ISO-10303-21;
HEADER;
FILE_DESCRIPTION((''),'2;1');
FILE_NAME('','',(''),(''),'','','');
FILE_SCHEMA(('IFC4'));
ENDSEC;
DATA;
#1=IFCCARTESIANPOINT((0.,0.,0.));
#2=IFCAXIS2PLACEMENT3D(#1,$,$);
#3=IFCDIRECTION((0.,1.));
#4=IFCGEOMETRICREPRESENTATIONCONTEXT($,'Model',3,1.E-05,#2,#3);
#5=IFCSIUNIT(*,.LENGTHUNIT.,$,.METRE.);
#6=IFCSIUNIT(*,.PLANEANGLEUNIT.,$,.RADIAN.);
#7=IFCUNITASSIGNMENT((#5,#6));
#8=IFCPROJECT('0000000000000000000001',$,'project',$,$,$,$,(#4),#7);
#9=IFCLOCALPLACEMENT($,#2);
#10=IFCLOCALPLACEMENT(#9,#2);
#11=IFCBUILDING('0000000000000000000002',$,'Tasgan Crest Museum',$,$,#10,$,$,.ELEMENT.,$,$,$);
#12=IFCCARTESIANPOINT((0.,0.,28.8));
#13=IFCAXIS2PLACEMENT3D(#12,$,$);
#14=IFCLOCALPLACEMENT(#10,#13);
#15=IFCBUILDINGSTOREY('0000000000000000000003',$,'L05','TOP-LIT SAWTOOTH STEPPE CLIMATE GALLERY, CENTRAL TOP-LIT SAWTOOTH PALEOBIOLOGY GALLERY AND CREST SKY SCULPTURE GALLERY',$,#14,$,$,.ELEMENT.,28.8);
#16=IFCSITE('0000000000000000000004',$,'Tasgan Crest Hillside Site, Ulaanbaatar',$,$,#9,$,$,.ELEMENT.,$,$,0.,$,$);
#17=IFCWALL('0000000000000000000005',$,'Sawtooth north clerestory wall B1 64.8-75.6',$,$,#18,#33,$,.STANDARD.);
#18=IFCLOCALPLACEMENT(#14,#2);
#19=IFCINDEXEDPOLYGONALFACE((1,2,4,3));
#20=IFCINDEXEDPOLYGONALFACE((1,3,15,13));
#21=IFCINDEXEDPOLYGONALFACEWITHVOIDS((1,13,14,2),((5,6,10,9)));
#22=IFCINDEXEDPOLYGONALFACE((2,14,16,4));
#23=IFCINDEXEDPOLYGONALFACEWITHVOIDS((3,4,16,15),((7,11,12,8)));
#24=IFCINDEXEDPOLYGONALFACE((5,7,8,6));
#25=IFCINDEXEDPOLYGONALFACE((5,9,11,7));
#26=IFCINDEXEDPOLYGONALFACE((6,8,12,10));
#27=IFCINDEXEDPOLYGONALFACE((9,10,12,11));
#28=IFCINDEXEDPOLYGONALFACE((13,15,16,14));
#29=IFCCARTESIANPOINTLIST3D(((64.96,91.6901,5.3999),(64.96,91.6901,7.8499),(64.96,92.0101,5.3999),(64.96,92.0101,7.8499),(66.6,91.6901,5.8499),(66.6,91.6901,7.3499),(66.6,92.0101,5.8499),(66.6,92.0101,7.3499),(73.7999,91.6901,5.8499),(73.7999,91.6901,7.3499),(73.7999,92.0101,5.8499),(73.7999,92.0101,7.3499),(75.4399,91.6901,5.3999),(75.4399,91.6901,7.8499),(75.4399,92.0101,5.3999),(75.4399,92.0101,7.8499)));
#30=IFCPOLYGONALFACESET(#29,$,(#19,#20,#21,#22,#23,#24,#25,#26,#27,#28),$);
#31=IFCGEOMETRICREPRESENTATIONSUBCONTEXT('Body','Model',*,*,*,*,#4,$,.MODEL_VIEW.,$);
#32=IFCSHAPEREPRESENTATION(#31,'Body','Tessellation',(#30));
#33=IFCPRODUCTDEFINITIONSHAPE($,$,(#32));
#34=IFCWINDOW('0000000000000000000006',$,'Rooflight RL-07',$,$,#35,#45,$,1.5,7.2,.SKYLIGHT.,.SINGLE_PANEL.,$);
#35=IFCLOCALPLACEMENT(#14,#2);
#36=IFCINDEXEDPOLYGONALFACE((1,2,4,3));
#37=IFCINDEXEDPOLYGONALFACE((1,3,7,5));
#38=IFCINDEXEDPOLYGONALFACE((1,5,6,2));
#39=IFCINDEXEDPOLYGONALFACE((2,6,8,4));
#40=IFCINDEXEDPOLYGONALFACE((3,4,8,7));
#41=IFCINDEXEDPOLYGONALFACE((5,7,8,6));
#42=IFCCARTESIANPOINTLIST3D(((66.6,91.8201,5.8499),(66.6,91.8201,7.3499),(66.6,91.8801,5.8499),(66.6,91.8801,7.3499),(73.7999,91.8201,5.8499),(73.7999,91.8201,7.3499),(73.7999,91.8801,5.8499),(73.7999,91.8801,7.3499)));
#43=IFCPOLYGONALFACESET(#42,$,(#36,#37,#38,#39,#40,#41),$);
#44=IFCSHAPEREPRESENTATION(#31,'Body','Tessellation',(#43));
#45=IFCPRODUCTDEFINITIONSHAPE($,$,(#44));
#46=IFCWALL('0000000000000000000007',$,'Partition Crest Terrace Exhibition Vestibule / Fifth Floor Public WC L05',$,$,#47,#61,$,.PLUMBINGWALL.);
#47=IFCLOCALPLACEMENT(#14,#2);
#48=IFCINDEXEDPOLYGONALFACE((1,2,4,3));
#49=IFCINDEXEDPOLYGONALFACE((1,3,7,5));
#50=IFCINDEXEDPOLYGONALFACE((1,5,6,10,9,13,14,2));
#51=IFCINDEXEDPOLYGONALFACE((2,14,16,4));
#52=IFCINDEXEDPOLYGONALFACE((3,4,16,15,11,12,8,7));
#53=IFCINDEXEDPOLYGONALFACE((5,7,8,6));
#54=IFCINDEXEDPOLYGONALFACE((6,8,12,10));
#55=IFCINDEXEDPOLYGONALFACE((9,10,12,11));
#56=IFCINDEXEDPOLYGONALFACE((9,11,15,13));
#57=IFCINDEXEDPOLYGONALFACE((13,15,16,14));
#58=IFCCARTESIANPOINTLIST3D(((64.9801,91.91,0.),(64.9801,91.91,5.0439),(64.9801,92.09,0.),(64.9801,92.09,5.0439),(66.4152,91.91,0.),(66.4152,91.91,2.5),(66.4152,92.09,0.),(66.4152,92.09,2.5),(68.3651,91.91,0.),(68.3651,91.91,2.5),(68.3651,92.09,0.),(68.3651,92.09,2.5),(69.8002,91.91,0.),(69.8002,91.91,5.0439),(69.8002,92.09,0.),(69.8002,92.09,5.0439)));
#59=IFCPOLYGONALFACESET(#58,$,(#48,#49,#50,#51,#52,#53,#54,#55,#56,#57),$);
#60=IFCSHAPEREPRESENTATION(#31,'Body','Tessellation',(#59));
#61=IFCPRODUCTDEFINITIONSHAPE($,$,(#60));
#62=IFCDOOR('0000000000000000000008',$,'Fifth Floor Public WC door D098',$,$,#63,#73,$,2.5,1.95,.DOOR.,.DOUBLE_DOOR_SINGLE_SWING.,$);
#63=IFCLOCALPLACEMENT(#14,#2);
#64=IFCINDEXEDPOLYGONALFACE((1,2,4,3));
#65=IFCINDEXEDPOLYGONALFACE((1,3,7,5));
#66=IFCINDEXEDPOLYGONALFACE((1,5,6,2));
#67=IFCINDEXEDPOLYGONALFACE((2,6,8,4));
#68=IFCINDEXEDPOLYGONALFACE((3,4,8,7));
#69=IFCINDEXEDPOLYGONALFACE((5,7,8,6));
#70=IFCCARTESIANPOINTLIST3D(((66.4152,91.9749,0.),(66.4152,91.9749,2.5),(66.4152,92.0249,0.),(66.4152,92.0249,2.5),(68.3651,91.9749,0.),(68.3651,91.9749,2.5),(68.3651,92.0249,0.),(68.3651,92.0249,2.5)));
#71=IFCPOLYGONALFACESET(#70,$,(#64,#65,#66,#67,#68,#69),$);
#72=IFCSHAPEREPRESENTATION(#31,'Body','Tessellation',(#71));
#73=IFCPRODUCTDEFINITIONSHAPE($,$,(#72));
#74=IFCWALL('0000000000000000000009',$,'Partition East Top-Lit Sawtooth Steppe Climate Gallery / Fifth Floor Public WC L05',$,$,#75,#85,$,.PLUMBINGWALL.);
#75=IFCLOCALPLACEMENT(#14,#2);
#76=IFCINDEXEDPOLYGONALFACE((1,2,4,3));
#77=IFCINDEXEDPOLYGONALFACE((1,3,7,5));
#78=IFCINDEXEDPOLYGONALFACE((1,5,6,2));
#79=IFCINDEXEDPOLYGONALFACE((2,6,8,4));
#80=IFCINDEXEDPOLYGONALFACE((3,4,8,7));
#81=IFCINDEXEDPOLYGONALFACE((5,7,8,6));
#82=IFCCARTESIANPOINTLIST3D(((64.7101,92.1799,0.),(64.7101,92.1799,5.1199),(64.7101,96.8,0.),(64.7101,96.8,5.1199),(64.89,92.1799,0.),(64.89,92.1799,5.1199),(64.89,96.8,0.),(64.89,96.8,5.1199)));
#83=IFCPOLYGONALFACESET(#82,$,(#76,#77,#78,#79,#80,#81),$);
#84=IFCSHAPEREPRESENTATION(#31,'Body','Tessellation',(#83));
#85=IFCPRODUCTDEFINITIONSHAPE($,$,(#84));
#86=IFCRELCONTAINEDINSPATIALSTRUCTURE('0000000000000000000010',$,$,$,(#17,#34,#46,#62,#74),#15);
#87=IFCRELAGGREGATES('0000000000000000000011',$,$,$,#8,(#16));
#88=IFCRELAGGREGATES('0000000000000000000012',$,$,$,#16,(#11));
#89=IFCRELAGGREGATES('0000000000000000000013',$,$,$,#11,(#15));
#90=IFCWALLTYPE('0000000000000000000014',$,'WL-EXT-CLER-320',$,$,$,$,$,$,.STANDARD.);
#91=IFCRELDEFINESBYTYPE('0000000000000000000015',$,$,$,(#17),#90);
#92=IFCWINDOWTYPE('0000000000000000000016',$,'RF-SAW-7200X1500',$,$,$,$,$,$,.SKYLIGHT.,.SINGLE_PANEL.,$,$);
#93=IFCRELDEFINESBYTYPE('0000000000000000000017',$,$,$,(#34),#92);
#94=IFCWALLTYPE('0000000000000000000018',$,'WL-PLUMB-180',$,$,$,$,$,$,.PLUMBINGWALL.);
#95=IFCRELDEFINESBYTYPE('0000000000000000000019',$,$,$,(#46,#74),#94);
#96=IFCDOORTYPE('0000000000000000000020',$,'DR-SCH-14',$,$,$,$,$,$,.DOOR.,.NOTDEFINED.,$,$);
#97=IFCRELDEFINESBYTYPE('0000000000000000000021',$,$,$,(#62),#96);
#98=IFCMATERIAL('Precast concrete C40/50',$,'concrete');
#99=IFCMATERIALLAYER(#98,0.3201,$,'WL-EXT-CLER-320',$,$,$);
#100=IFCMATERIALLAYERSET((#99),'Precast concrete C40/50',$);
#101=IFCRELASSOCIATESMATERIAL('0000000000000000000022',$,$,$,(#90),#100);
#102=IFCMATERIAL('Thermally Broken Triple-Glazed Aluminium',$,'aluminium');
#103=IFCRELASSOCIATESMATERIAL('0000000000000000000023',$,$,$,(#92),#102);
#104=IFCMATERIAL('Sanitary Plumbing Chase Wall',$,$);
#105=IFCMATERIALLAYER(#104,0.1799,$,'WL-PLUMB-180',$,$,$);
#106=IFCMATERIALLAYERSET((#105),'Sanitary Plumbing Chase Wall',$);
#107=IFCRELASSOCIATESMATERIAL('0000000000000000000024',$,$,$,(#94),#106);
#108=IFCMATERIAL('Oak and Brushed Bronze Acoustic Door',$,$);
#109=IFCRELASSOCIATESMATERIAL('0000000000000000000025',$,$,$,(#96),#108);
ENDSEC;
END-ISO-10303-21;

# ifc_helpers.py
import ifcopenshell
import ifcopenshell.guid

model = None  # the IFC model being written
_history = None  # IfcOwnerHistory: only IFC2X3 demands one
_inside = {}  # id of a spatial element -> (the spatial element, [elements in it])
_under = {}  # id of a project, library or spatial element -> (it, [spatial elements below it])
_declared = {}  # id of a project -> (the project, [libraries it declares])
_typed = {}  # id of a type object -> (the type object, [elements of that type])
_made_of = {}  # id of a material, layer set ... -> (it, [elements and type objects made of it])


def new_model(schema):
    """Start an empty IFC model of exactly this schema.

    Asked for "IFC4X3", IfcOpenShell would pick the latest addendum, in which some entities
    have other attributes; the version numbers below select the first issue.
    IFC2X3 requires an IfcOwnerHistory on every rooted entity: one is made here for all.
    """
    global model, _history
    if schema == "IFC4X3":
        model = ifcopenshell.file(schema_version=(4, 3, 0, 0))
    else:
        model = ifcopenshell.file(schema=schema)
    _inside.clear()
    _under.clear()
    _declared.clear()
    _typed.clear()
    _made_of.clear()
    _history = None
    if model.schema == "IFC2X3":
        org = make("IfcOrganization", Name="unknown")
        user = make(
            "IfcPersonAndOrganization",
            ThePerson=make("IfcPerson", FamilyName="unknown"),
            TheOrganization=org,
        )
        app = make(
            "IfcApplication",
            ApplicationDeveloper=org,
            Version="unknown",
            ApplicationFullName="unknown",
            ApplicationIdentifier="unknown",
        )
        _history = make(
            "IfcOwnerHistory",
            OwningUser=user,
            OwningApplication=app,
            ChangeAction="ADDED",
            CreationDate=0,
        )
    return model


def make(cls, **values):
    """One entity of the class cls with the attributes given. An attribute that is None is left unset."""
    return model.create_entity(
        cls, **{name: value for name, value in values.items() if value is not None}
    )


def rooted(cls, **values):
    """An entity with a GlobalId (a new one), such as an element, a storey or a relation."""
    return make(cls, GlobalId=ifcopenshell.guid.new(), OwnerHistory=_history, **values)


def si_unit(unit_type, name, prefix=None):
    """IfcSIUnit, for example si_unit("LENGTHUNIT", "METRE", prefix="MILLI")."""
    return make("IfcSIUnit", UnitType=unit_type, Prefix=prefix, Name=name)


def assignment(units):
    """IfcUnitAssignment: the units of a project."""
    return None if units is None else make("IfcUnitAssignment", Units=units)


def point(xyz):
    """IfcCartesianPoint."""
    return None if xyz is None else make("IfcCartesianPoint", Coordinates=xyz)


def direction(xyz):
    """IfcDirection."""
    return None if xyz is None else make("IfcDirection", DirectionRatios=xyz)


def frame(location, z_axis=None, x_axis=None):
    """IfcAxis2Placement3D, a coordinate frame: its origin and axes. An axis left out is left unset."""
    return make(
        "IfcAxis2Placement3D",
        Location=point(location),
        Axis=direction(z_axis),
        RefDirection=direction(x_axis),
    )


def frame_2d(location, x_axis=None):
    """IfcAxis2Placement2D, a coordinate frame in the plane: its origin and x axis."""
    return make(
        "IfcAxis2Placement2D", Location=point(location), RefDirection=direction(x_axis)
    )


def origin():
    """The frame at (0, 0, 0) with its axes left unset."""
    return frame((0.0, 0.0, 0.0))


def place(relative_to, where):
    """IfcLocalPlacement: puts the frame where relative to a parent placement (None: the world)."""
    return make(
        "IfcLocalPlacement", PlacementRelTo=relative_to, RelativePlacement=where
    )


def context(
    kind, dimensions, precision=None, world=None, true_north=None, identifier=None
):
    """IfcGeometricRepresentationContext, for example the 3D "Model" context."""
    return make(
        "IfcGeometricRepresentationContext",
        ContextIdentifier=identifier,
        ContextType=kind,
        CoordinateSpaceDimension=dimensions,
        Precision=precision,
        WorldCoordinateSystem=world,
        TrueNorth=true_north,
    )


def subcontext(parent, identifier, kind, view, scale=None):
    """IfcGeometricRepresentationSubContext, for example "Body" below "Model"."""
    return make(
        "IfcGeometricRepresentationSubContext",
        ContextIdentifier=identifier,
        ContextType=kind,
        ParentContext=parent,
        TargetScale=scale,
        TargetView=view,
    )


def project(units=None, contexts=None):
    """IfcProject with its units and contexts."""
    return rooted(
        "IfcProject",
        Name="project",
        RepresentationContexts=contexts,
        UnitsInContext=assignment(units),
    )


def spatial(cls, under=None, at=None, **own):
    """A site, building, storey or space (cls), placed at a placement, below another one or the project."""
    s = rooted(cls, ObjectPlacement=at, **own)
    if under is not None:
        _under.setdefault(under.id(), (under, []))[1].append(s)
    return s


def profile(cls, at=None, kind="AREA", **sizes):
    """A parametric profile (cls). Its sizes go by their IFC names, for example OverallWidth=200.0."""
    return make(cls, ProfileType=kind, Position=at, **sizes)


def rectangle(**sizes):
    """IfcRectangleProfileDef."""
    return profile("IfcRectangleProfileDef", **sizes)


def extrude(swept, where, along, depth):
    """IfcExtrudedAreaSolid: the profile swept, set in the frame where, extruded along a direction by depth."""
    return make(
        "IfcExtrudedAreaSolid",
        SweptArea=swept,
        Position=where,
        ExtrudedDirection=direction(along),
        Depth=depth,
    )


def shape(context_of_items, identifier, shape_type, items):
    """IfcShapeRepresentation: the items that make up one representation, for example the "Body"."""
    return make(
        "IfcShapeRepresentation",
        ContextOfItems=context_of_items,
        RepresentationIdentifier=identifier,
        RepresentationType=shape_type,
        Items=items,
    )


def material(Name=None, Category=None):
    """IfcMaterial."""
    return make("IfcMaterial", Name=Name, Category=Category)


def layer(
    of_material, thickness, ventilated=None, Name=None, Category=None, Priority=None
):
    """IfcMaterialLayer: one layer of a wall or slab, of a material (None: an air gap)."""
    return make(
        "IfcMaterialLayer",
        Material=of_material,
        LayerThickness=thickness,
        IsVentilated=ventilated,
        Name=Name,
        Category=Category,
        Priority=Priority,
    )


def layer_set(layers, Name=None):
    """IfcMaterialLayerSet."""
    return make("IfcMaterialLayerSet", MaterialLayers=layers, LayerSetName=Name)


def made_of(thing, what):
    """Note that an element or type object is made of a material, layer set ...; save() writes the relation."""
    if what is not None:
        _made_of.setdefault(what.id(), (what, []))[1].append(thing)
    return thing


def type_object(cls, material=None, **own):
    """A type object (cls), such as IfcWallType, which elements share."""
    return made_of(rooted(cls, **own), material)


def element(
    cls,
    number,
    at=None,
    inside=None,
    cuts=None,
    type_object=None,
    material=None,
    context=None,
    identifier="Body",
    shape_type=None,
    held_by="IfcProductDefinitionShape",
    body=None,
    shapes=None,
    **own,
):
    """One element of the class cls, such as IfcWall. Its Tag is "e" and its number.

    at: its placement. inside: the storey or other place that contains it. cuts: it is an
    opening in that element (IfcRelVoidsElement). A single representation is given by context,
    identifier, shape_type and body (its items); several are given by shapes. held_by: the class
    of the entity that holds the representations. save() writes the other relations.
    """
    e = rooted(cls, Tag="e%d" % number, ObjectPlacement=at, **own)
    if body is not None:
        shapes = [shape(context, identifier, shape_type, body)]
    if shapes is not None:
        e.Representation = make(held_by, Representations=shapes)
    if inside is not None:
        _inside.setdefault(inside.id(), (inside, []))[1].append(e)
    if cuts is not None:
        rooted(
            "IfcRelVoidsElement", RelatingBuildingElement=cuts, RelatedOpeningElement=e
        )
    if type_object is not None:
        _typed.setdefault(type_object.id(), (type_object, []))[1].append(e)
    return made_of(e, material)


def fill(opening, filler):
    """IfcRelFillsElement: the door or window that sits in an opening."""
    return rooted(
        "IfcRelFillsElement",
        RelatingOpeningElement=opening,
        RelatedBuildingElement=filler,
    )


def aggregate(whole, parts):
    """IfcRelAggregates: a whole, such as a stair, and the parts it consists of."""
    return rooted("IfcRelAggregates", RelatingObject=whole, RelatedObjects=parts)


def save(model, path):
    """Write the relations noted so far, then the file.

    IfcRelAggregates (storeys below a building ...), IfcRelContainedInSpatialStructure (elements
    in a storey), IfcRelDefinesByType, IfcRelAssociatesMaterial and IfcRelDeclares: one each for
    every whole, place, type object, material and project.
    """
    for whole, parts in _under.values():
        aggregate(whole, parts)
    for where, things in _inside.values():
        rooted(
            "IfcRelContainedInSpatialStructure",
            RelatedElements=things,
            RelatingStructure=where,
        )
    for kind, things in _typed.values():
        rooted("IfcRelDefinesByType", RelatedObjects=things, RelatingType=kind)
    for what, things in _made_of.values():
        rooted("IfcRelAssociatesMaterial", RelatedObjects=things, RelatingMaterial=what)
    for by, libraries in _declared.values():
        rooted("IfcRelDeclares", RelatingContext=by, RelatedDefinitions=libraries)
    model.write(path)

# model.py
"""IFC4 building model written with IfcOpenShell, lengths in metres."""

from ifc_helpers import new_model, si_unit, direction, frame, frame_2d, origin, place, context, subcontext, project, spatial, rectangle, extrude, material, layer, layer_set, type_object, element, fill, save


model = new_model("IFC4")

# Units and contexts
model_context = context("Model", 3, precision=1e-05, world=origin(), true_north=direction((0.0, 1.0)))
body_context = subcontext(model_context, "Body", "Model", "MODEL_VIEW")
ifc_project = project(units=[si_unit("LENGTHUNIT", "METRE"), si_unit("PLANEANGLEUNIT", "RADIAN")], contexts=[model_context])

# Site, building, storey
site_placement = place(None, origin())
site = spatial("IfcSite", under=ifc_project, at=site_placement, Name="Tasgan Crest Hillside Site, Ulaanbaatar", CompositionType="ELEMENT", RefElevation=0.0)
building_placement = place(site_placement, origin())
building = spatial("IfcBuilding", under=site, at=building_placement, Name="Tasgan Crest Museum", CompositionType="ELEMENT")
storey_placement = place(building_placement, frame((0.0, 0.0, 28.8)))
storey = spatial("IfcBuildingStorey", under=building, at=storey_placement, Name="L05", Description="TOP-LIT SAWTOOTH STEPPE CLIMATE GALLERY, CENTRAL TOP-LIT SAWTOOTH PALEOBIOLOGY GALLERY AND CREST SKY SCULPTURE GALLERY", CompositionType="ELEMENT", Elevation=28.8)

# Shared definitions
ifc_material_1 = material(Name="Precast concrete C40/50", Category="concrete")
ifc_layer_1 = layer(ifc_material_1, 0.3201, Name="WL-EXT-CLER-320")
ifc_layer_set_1 = layer_set([ifc_layer_1], Name="Precast concrete C40/50")
wall_type_1 = type_object("IfcWallType", Name="WL-EXT-CLER-320", PredefinedType="STANDARD", material=ifc_layer_set_1)

# Wall, opening, window
wall_1_placement = place(storey_placement, frame((64.96, 91.8501, 5.3999), z_axis=(0.0, 0.0, 1.0), x_axis=(1.0, 0.0, 0.0)))
wall_1 = element("IfcWall", 1, at=wall_1_placement, inside=storey, type_object=wall_type_1, Name="Sawtooth north clerestory wall B1 64.8-75.6", PredefinedType="STANDARD", context=body_context, shape_type="SweptSolid", body=[
    extrude(rectangle(XDim=10.48, YDim=0.3201, at=frame_2d((5.24, 0.0))), origin(), (0.0, 0.0, 1.0), 2.45),
])
opening_1_placement = place(wall_1_placement, frame((1.6399, 0.0, 0.45)))
opening_1 = element("IfcOpeningElement", 2, at=opening_1_placement, cuts=wall_1, PredefinedType="OPENING", context=body_context, shape_type="SweptSolid", body=[
    extrude(rectangle(XDim=7.2, YDim=1.5, at=frame_2d((3.6001, 0.75))), frame((0.0, 0.1699, 0.0), z_axis=(0.0, -1.0, 0.0), x_axis=(1.0, 0.0, 0.0)), (0.0, 0.0, 1.0), 0.3401),
])
ifc_material_2 = material(Name="Thermally Broken Triple-Glazed Aluminium", Category="aluminium")
window_type = type_object("IfcWindowType", Name="RF-SAW-7200X1500", PartitioningType="SINGLE_PANEL", PredefinedType="SKYLIGHT", material=ifc_material_2)
window_placement = place(opening_1_placement, origin())
window = element("IfcWindow", 3, at=window_placement, inside=storey, type_object=window_type, Name="Rooflight RL-07", OverallHeight=1.5, OverallWidth=7.2, PartitioningType="SINGLE_PANEL", PredefinedType="SKYLIGHT", context=body_context, shape_type="SweptSolid", body=[
    extrude(rectangle(XDim=7.2, YDim=1.5, at=frame_2d((3.6001, 0.75))), frame((0.0, 0.03, 0.0), z_axis=(0.0, -1.0, 0.0), x_axis=(1.0, 0.0, 0.0)), (0.0, 0.0, 1.0), 0.0601),
])
fill(opening_1, window)

# Wall, opening, door
ifc_material_3 = material(Name="Sanitary Plumbing Chase Wall")
ifc_layer_2 = layer(ifc_material_3, 0.1799, Name="WL-PLUMB-180")
ifc_layer_set_2 = layer_set([ifc_layer_2], Name="Sanitary Plumbing Chase Wall")
wall_type_2 = type_object("IfcWallType", Name="WL-PLUMB-180", PredefinedType="PLUMBINGWALL", material=ifc_layer_set_2)
wall_2_placement = place(storey_placement, frame((64.98, 92.0, 0.0), z_axis=(0.0, 0.0, 1.0), x_axis=(1.0, 0.0, 0.0)))
wall_2 = element("IfcWall", 4, at=wall_2_placement, inside=storey, type_object=wall_type_2, Name="Partition Crest Terrace Exhibition Vestibule / Fifth Floor Public WC L05", PredefinedType="PLUMBINGWALL", context=body_context, shape_type="SweptSolid", body=[
    extrude(rectangle(XDim=4.8201, YDim=0.1799, at=frame_2d((2.4102, 0.0))), origin(), (0.0, 0.0, 1.0), 5.0439),
])
opening_2_placement = place(wall_2_placement, frame((1.4351, 0.0, 0.0)))
opening_2 = element("IfcOpeningElement", 5, at=opening_2_placement, cuts=wall_2, PredefinedType="OPENING", context=body_context, shape_type="SweptSolid", body=[
    extrude(rectangle(XDim=1.95, YDim=2.5, at=frame_2d((0.9751, 1.25))), frame((0.0, 0.0999, 0.0), z_axis=(0.0, -1.0, 0.0), x_axis=(1.0, 0.0, 0.0)), (0.0, 0.0, 1.0), 0.2),
])
ifc_material_4 = material(Name="Oak and Brushed Bronze Acoustic Door")
door_type = type_object("IfcDoorType", Name="DR-SCH-14", OperationType="NOTDEFINED", PredefinedType="DOOR", material=ifc_material_4)
door_placement = place(opening_2_placement, origin())
door = element("IfcDoor", 6, at=door_placement, inside=storey, type_object=door_type, Name="Fifth Floor Public WC door D098", OperationType="DOUBLE_DOOR_SINGLE_SWING", OverallHeight=2.5, OverallWidth=1.95, PredefinedType="DOOR", context=body_context, shape_type="SweptSolid", body=[
    extrude(rectangle(XDim=1.95, YDim=2.5, at=frame_2d((0.9751, 1.25))), frame((0.0, 0.0249, 0.0), z_axis=(0.0, -1.0, 0.0), x_axis=(1.0, 0.0, 0.0)), (0.0, 0.0, 1.0), 0.05),
])
fill(opening_2, door)

# Wall
wall_3_placement = place(storey_placement, frame((64.8, 92.1799, 0.0), z_axis=(0.0, 0.0, 1.0), x_axis=(0.0, 1.0, 0.0)))
element("IfcWall", 7, at=wall_3_placement, inside=storey, type_object=wall_type_2, Name="Partition East Top-Lit Sawtooth Steppe Climate Gallery / Fifth Floor Public WC L05", PredefinedType="PLUMBINGWALL", context=body_context, shape_type="SweptSolid", body=[
    extrude(rectangle(XDim=4.6201, YDim=0.1799, at=frame_2d((2.3101, 0.0))), origin(), (0.0, 0.0, 1.0), 5.1199),
])

save(model, "model.ifc")
